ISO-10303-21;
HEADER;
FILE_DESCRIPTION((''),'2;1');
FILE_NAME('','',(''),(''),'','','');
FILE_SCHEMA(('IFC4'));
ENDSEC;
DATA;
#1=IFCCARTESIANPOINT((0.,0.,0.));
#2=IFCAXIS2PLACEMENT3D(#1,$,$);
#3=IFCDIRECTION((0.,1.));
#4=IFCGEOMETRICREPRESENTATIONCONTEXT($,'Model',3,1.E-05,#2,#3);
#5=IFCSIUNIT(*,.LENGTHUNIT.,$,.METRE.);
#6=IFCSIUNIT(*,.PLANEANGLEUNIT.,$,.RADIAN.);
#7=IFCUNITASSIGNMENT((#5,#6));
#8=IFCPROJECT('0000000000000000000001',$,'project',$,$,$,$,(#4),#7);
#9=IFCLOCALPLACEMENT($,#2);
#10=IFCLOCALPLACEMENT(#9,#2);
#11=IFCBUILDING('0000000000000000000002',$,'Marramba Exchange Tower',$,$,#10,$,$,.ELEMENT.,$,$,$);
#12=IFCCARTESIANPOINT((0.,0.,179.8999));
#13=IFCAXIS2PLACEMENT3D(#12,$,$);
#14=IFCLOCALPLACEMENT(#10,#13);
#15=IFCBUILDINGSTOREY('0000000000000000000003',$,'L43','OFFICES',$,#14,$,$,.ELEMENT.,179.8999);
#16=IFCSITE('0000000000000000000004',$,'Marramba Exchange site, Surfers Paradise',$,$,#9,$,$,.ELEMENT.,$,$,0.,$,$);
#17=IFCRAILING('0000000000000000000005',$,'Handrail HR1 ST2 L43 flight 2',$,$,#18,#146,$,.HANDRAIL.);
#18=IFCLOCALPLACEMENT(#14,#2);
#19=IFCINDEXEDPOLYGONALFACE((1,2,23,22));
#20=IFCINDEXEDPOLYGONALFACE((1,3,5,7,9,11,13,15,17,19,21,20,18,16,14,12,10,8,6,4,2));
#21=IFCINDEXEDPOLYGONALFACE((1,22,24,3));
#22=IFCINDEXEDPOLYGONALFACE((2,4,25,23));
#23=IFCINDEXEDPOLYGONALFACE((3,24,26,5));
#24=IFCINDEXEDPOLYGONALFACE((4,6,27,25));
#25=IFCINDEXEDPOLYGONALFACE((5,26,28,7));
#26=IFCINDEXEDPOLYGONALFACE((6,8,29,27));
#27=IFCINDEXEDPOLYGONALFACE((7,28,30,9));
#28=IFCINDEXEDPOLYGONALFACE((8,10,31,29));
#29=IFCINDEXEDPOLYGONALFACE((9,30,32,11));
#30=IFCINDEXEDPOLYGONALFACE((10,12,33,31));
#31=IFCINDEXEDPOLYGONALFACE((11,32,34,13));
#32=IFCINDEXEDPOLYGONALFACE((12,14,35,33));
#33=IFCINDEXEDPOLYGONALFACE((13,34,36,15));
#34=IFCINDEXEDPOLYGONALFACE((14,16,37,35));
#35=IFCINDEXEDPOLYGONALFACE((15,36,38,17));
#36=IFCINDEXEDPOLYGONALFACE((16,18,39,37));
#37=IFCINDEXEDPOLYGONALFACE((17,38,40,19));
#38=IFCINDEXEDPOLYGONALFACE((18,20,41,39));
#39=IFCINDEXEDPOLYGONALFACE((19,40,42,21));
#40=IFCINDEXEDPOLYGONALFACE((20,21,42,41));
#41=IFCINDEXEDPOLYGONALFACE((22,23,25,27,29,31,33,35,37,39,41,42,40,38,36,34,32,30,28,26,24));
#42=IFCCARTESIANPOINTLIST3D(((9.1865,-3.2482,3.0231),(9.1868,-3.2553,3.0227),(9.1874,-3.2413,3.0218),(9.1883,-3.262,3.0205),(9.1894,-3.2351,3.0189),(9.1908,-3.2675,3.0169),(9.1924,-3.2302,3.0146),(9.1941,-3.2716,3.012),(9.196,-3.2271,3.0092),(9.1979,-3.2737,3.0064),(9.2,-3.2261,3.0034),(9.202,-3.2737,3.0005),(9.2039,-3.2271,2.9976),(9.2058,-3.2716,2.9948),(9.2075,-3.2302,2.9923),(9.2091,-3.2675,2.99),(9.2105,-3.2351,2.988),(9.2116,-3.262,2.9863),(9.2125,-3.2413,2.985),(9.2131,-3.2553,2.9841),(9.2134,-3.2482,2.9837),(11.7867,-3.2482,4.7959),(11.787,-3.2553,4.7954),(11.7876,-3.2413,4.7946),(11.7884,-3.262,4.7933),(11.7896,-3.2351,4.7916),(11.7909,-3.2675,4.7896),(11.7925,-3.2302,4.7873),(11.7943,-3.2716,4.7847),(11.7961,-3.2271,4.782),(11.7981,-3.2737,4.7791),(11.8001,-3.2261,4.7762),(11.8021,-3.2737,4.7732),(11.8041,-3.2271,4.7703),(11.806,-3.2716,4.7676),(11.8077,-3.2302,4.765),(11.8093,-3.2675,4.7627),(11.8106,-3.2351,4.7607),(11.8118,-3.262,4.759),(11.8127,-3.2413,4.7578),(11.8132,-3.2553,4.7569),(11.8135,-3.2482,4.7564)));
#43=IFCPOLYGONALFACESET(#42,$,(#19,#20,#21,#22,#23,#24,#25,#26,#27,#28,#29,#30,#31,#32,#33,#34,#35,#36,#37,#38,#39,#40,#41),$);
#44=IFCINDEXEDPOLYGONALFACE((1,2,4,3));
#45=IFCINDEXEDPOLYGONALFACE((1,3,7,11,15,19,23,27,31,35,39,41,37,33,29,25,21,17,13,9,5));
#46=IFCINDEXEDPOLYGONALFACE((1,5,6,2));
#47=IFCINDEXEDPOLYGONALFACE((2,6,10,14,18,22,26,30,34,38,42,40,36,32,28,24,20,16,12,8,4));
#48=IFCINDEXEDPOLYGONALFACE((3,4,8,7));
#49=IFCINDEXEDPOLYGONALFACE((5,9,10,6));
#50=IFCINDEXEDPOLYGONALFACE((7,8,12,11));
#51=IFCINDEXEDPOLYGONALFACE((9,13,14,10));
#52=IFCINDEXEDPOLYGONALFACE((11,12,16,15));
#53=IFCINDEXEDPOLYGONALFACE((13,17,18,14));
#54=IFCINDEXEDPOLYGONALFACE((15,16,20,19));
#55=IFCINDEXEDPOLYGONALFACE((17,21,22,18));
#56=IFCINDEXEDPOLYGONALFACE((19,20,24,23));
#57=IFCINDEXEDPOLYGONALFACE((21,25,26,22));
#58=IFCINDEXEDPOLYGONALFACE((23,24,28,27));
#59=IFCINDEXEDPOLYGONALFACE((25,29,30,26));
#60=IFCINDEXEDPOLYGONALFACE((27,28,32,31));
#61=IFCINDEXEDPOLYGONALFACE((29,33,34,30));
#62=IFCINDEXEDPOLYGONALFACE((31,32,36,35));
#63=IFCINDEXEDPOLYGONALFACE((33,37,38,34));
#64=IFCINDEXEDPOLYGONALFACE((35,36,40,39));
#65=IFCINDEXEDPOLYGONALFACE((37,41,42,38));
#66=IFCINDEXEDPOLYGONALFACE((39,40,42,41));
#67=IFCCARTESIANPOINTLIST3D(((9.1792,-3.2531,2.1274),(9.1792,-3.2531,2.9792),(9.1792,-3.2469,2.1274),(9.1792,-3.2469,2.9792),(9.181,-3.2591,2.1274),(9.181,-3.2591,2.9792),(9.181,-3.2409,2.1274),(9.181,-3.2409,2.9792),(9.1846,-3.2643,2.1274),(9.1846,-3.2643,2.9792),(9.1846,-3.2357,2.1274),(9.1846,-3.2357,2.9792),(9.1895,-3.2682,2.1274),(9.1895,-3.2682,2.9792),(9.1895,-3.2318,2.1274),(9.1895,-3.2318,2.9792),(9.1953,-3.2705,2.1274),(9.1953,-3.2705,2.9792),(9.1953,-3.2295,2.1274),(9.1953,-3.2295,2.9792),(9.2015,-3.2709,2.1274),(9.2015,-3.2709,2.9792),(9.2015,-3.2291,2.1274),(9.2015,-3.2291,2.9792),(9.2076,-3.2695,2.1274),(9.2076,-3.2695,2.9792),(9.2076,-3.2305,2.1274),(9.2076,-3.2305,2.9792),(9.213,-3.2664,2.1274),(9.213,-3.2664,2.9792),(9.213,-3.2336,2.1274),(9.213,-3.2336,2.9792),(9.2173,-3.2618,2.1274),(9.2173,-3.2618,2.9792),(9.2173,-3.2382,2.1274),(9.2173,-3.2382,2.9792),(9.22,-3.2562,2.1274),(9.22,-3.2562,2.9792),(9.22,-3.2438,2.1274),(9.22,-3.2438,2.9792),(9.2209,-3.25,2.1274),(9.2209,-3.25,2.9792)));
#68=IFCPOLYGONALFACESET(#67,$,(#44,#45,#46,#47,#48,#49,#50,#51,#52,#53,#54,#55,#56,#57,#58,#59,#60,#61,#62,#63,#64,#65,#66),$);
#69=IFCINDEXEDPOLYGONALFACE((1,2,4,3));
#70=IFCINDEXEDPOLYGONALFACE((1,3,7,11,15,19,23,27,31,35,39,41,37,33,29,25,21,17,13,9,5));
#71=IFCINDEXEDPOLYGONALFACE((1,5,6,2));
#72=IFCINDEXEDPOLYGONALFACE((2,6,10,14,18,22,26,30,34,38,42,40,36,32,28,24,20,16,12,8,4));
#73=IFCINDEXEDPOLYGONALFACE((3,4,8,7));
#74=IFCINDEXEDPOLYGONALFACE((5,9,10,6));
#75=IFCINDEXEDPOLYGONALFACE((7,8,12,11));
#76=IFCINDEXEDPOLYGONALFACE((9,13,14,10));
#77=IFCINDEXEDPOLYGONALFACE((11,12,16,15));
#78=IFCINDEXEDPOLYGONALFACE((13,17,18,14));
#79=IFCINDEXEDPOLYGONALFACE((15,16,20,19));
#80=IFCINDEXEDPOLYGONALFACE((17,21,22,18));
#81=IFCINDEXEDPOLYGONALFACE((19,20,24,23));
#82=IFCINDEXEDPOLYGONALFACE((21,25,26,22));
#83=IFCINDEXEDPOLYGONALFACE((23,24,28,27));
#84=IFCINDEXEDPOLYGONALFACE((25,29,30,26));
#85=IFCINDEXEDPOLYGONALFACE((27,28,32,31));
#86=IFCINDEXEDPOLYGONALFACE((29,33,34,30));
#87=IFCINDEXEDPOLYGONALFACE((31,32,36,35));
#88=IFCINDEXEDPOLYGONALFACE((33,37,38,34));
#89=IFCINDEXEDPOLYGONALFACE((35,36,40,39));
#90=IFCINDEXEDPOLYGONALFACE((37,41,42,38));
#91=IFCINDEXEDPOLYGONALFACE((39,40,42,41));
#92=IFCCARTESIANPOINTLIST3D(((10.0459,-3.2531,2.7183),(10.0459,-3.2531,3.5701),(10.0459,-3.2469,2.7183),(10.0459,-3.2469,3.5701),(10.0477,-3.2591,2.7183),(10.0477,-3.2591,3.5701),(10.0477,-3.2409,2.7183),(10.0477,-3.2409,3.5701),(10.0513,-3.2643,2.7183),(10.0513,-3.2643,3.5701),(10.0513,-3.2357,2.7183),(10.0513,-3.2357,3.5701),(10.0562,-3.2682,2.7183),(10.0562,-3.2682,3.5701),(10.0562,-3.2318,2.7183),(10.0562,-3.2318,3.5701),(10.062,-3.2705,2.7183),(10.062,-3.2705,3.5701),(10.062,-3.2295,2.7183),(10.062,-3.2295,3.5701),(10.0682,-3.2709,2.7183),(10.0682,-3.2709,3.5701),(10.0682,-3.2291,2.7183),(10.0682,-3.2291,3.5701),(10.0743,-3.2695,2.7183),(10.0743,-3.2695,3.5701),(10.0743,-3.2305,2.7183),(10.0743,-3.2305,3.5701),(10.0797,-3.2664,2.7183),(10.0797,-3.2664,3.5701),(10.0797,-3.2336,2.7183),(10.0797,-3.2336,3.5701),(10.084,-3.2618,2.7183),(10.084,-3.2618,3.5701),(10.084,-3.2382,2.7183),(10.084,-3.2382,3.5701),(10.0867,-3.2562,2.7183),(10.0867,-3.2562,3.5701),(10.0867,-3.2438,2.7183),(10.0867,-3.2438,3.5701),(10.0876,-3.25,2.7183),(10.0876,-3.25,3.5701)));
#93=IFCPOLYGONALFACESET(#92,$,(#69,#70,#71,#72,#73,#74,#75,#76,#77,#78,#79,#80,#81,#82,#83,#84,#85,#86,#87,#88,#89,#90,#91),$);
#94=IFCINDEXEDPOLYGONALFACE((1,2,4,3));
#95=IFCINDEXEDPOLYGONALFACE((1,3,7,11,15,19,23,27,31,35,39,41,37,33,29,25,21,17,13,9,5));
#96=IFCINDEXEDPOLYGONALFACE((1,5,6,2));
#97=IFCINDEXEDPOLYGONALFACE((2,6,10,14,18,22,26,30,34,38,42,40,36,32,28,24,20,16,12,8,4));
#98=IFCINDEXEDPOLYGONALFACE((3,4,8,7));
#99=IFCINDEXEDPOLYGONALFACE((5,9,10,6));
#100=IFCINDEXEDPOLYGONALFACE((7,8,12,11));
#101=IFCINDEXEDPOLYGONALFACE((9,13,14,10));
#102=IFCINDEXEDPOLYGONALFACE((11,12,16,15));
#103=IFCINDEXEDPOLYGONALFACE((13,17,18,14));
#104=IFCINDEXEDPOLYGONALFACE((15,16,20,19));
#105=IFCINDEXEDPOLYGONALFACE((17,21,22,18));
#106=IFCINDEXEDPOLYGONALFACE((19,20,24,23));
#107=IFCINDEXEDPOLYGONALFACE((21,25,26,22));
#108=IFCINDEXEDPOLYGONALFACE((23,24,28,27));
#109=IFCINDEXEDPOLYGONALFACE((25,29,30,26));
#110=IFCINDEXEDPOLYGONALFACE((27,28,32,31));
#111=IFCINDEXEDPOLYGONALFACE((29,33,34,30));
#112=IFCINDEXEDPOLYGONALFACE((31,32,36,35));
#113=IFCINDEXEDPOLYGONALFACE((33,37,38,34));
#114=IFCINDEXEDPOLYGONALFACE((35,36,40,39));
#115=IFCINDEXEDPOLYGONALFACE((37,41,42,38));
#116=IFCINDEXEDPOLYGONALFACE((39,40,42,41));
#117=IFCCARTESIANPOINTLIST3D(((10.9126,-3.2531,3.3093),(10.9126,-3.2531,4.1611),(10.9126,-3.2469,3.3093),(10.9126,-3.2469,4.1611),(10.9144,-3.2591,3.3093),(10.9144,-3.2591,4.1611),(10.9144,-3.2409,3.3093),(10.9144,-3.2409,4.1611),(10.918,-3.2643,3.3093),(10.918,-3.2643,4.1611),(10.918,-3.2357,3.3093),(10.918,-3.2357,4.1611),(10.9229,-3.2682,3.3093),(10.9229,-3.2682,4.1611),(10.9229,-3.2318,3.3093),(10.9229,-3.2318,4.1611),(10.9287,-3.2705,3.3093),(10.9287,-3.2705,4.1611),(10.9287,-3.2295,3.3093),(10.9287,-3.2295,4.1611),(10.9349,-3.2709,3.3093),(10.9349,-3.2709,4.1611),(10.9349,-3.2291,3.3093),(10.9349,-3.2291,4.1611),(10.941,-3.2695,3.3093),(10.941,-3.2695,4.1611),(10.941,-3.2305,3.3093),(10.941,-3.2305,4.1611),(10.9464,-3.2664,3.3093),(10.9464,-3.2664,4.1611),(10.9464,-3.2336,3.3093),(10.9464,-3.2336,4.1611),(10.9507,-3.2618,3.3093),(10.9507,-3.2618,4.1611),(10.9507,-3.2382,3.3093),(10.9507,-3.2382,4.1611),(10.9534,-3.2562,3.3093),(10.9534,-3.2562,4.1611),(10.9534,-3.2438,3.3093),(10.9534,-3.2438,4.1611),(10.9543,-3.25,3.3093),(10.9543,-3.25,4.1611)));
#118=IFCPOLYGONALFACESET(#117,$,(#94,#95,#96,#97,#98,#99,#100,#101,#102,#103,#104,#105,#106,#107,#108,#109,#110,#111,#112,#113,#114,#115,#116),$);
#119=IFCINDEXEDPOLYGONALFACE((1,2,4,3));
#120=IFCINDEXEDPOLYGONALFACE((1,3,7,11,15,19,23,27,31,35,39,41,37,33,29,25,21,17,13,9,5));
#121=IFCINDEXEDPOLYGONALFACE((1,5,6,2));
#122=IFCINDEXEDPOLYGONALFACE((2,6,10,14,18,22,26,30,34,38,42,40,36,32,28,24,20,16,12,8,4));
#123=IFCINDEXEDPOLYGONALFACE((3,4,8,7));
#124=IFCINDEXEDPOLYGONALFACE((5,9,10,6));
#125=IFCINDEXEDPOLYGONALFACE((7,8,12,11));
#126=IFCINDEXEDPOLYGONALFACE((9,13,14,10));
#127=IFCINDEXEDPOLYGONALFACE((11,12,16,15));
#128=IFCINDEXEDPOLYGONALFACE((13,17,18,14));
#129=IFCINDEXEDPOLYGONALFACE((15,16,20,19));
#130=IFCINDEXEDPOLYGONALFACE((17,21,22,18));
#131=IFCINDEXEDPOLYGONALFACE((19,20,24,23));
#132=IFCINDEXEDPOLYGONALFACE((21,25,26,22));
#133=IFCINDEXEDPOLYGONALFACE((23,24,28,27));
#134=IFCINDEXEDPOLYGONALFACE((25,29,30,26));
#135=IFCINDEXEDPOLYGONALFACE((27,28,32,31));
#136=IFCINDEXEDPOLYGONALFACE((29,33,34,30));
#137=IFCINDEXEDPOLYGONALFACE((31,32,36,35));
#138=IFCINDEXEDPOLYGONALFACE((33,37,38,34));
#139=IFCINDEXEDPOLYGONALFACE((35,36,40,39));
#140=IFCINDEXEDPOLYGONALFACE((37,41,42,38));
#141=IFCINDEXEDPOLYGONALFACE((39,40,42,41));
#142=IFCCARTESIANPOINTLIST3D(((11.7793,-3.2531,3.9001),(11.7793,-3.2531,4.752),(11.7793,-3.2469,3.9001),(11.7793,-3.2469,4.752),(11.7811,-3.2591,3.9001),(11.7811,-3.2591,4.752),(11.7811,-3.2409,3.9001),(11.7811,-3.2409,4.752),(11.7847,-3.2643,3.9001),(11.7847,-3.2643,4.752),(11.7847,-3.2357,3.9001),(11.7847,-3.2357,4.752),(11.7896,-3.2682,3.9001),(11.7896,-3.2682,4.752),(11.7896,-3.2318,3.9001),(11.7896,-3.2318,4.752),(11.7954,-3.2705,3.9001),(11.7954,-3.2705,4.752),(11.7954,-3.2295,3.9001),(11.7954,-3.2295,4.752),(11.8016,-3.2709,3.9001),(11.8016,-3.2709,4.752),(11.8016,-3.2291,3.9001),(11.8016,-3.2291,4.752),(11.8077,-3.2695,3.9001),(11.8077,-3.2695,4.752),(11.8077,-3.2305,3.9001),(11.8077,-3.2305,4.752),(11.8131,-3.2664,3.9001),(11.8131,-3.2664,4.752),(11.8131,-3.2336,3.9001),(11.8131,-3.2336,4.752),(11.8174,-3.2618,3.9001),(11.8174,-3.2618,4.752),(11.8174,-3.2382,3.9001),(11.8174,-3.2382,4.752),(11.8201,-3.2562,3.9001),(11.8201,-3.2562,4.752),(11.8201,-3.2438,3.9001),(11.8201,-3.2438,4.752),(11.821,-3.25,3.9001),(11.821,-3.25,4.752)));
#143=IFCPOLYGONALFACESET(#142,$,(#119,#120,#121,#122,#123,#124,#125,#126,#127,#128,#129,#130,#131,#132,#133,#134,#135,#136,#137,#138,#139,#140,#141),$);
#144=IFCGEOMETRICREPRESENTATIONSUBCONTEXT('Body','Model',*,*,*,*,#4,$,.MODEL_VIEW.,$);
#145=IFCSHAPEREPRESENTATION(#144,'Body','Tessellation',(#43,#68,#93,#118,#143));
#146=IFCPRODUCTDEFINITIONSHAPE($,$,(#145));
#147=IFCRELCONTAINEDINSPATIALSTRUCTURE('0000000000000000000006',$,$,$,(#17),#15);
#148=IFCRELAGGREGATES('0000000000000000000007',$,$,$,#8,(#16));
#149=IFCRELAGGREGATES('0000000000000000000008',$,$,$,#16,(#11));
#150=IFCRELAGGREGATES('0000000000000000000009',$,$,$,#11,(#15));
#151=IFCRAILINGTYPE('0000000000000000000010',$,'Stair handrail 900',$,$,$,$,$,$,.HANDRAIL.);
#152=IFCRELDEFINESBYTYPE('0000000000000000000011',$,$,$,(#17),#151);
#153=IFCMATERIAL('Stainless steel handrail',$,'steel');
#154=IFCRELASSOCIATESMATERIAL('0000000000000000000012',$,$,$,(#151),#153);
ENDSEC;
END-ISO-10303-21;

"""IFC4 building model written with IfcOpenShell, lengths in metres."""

from ifc_helpers import new_model, si_unit, direction, frame, origin, origin_2d, place, context, subcontext, project, spatial, circle, extrude, material, type_object, element, save


model = new_model("IFC4")

# Units and contexts
model_context = context("Model", 3, precision=1e-05, world=origin(), true_north=direction((0.0, 1.0)))
body_context = subcontext(model_context, "Body", "Model", "MODEL_VIEW")
ifc_project = project(units=[si_unit("LENGTHUNIT", "METRE"), si_unit("PLANEANGLEUNIT", "RADIAN")], contexts=[model_context])

# Site, building, storey
site_placement = place(None, origin())
site = spatial("IfcSite", under=ifc_project, at=site_placement, Name="Marramba Exchange site, Surfers Paradise", CompositionType="ELEMENT", RefElevation=0.0)
building_placement = place(site_placement, origin())
building = spatial("IfcBuilding", under=site, at=building_placement, Name="Marramba Exchange Tower", CompositionType="ELEMENT")
storey_placement = place(building_placement, frame((0.0, 0.0, 179.8999)))
storey = spatial("IfcBuildingStorey", under=building, at=storey_placement, Name="L43", Description="OFFICES", CompositionType="ELEMENT", Elevation=179.8999)

# Railing
ifc_material_1 = material(Name="Stainless steel handrail", Category="steel")
railing_type = type_object("IfcRailingType", Name="Stair handrail 900", PredefinedType="HANDRAIL", material=ifc_material_1)
railing_placement = place(storey_placement, frame((9.2, -3.25, 2.1274)))
element("IfcRailing", 1, at=railing_placement, inside=storey, type_object=railing_type, Name="Handrail HR1 ST2 L43 flight 2", PredefinedType="HANDRAIL", context=body_context, shape_type="SweptSolid", body=[
    extrude(circle(Radius=0.0239, at=origin_2d()), frame((0.0, 0.0, 0.876), z_axis=(0.82624, 0.0, 0.563318), x_axis=(0.0, 1.0, 0.0)), (0.0, 0.0, 1.0), 3.147),
    extrude(circle(Radius=0.021, at=origin_2d()), origin(), (0.0, 0.0, 1.0), 0.8518),
    extrude(circle(Radius=0.021, at=origin_2d()), frame((0.8667, 0.0, 0.5908)), (0.0, 0.0, 1.0), 0.8518),
    extrude(circle(Radius=0.021, at=origin_2d()), frame((1.7334, 0.0, 1.1819)), (0.0, 0.0, 1.0), 0.8518),
    extrude(circle(Radius=0.021, at=origin_2d()), frame((2.6001, 0.0, 1.7727)), (0.0, 0.0, 1.0), 0.8518),
])

save(model, "model.ifc")
